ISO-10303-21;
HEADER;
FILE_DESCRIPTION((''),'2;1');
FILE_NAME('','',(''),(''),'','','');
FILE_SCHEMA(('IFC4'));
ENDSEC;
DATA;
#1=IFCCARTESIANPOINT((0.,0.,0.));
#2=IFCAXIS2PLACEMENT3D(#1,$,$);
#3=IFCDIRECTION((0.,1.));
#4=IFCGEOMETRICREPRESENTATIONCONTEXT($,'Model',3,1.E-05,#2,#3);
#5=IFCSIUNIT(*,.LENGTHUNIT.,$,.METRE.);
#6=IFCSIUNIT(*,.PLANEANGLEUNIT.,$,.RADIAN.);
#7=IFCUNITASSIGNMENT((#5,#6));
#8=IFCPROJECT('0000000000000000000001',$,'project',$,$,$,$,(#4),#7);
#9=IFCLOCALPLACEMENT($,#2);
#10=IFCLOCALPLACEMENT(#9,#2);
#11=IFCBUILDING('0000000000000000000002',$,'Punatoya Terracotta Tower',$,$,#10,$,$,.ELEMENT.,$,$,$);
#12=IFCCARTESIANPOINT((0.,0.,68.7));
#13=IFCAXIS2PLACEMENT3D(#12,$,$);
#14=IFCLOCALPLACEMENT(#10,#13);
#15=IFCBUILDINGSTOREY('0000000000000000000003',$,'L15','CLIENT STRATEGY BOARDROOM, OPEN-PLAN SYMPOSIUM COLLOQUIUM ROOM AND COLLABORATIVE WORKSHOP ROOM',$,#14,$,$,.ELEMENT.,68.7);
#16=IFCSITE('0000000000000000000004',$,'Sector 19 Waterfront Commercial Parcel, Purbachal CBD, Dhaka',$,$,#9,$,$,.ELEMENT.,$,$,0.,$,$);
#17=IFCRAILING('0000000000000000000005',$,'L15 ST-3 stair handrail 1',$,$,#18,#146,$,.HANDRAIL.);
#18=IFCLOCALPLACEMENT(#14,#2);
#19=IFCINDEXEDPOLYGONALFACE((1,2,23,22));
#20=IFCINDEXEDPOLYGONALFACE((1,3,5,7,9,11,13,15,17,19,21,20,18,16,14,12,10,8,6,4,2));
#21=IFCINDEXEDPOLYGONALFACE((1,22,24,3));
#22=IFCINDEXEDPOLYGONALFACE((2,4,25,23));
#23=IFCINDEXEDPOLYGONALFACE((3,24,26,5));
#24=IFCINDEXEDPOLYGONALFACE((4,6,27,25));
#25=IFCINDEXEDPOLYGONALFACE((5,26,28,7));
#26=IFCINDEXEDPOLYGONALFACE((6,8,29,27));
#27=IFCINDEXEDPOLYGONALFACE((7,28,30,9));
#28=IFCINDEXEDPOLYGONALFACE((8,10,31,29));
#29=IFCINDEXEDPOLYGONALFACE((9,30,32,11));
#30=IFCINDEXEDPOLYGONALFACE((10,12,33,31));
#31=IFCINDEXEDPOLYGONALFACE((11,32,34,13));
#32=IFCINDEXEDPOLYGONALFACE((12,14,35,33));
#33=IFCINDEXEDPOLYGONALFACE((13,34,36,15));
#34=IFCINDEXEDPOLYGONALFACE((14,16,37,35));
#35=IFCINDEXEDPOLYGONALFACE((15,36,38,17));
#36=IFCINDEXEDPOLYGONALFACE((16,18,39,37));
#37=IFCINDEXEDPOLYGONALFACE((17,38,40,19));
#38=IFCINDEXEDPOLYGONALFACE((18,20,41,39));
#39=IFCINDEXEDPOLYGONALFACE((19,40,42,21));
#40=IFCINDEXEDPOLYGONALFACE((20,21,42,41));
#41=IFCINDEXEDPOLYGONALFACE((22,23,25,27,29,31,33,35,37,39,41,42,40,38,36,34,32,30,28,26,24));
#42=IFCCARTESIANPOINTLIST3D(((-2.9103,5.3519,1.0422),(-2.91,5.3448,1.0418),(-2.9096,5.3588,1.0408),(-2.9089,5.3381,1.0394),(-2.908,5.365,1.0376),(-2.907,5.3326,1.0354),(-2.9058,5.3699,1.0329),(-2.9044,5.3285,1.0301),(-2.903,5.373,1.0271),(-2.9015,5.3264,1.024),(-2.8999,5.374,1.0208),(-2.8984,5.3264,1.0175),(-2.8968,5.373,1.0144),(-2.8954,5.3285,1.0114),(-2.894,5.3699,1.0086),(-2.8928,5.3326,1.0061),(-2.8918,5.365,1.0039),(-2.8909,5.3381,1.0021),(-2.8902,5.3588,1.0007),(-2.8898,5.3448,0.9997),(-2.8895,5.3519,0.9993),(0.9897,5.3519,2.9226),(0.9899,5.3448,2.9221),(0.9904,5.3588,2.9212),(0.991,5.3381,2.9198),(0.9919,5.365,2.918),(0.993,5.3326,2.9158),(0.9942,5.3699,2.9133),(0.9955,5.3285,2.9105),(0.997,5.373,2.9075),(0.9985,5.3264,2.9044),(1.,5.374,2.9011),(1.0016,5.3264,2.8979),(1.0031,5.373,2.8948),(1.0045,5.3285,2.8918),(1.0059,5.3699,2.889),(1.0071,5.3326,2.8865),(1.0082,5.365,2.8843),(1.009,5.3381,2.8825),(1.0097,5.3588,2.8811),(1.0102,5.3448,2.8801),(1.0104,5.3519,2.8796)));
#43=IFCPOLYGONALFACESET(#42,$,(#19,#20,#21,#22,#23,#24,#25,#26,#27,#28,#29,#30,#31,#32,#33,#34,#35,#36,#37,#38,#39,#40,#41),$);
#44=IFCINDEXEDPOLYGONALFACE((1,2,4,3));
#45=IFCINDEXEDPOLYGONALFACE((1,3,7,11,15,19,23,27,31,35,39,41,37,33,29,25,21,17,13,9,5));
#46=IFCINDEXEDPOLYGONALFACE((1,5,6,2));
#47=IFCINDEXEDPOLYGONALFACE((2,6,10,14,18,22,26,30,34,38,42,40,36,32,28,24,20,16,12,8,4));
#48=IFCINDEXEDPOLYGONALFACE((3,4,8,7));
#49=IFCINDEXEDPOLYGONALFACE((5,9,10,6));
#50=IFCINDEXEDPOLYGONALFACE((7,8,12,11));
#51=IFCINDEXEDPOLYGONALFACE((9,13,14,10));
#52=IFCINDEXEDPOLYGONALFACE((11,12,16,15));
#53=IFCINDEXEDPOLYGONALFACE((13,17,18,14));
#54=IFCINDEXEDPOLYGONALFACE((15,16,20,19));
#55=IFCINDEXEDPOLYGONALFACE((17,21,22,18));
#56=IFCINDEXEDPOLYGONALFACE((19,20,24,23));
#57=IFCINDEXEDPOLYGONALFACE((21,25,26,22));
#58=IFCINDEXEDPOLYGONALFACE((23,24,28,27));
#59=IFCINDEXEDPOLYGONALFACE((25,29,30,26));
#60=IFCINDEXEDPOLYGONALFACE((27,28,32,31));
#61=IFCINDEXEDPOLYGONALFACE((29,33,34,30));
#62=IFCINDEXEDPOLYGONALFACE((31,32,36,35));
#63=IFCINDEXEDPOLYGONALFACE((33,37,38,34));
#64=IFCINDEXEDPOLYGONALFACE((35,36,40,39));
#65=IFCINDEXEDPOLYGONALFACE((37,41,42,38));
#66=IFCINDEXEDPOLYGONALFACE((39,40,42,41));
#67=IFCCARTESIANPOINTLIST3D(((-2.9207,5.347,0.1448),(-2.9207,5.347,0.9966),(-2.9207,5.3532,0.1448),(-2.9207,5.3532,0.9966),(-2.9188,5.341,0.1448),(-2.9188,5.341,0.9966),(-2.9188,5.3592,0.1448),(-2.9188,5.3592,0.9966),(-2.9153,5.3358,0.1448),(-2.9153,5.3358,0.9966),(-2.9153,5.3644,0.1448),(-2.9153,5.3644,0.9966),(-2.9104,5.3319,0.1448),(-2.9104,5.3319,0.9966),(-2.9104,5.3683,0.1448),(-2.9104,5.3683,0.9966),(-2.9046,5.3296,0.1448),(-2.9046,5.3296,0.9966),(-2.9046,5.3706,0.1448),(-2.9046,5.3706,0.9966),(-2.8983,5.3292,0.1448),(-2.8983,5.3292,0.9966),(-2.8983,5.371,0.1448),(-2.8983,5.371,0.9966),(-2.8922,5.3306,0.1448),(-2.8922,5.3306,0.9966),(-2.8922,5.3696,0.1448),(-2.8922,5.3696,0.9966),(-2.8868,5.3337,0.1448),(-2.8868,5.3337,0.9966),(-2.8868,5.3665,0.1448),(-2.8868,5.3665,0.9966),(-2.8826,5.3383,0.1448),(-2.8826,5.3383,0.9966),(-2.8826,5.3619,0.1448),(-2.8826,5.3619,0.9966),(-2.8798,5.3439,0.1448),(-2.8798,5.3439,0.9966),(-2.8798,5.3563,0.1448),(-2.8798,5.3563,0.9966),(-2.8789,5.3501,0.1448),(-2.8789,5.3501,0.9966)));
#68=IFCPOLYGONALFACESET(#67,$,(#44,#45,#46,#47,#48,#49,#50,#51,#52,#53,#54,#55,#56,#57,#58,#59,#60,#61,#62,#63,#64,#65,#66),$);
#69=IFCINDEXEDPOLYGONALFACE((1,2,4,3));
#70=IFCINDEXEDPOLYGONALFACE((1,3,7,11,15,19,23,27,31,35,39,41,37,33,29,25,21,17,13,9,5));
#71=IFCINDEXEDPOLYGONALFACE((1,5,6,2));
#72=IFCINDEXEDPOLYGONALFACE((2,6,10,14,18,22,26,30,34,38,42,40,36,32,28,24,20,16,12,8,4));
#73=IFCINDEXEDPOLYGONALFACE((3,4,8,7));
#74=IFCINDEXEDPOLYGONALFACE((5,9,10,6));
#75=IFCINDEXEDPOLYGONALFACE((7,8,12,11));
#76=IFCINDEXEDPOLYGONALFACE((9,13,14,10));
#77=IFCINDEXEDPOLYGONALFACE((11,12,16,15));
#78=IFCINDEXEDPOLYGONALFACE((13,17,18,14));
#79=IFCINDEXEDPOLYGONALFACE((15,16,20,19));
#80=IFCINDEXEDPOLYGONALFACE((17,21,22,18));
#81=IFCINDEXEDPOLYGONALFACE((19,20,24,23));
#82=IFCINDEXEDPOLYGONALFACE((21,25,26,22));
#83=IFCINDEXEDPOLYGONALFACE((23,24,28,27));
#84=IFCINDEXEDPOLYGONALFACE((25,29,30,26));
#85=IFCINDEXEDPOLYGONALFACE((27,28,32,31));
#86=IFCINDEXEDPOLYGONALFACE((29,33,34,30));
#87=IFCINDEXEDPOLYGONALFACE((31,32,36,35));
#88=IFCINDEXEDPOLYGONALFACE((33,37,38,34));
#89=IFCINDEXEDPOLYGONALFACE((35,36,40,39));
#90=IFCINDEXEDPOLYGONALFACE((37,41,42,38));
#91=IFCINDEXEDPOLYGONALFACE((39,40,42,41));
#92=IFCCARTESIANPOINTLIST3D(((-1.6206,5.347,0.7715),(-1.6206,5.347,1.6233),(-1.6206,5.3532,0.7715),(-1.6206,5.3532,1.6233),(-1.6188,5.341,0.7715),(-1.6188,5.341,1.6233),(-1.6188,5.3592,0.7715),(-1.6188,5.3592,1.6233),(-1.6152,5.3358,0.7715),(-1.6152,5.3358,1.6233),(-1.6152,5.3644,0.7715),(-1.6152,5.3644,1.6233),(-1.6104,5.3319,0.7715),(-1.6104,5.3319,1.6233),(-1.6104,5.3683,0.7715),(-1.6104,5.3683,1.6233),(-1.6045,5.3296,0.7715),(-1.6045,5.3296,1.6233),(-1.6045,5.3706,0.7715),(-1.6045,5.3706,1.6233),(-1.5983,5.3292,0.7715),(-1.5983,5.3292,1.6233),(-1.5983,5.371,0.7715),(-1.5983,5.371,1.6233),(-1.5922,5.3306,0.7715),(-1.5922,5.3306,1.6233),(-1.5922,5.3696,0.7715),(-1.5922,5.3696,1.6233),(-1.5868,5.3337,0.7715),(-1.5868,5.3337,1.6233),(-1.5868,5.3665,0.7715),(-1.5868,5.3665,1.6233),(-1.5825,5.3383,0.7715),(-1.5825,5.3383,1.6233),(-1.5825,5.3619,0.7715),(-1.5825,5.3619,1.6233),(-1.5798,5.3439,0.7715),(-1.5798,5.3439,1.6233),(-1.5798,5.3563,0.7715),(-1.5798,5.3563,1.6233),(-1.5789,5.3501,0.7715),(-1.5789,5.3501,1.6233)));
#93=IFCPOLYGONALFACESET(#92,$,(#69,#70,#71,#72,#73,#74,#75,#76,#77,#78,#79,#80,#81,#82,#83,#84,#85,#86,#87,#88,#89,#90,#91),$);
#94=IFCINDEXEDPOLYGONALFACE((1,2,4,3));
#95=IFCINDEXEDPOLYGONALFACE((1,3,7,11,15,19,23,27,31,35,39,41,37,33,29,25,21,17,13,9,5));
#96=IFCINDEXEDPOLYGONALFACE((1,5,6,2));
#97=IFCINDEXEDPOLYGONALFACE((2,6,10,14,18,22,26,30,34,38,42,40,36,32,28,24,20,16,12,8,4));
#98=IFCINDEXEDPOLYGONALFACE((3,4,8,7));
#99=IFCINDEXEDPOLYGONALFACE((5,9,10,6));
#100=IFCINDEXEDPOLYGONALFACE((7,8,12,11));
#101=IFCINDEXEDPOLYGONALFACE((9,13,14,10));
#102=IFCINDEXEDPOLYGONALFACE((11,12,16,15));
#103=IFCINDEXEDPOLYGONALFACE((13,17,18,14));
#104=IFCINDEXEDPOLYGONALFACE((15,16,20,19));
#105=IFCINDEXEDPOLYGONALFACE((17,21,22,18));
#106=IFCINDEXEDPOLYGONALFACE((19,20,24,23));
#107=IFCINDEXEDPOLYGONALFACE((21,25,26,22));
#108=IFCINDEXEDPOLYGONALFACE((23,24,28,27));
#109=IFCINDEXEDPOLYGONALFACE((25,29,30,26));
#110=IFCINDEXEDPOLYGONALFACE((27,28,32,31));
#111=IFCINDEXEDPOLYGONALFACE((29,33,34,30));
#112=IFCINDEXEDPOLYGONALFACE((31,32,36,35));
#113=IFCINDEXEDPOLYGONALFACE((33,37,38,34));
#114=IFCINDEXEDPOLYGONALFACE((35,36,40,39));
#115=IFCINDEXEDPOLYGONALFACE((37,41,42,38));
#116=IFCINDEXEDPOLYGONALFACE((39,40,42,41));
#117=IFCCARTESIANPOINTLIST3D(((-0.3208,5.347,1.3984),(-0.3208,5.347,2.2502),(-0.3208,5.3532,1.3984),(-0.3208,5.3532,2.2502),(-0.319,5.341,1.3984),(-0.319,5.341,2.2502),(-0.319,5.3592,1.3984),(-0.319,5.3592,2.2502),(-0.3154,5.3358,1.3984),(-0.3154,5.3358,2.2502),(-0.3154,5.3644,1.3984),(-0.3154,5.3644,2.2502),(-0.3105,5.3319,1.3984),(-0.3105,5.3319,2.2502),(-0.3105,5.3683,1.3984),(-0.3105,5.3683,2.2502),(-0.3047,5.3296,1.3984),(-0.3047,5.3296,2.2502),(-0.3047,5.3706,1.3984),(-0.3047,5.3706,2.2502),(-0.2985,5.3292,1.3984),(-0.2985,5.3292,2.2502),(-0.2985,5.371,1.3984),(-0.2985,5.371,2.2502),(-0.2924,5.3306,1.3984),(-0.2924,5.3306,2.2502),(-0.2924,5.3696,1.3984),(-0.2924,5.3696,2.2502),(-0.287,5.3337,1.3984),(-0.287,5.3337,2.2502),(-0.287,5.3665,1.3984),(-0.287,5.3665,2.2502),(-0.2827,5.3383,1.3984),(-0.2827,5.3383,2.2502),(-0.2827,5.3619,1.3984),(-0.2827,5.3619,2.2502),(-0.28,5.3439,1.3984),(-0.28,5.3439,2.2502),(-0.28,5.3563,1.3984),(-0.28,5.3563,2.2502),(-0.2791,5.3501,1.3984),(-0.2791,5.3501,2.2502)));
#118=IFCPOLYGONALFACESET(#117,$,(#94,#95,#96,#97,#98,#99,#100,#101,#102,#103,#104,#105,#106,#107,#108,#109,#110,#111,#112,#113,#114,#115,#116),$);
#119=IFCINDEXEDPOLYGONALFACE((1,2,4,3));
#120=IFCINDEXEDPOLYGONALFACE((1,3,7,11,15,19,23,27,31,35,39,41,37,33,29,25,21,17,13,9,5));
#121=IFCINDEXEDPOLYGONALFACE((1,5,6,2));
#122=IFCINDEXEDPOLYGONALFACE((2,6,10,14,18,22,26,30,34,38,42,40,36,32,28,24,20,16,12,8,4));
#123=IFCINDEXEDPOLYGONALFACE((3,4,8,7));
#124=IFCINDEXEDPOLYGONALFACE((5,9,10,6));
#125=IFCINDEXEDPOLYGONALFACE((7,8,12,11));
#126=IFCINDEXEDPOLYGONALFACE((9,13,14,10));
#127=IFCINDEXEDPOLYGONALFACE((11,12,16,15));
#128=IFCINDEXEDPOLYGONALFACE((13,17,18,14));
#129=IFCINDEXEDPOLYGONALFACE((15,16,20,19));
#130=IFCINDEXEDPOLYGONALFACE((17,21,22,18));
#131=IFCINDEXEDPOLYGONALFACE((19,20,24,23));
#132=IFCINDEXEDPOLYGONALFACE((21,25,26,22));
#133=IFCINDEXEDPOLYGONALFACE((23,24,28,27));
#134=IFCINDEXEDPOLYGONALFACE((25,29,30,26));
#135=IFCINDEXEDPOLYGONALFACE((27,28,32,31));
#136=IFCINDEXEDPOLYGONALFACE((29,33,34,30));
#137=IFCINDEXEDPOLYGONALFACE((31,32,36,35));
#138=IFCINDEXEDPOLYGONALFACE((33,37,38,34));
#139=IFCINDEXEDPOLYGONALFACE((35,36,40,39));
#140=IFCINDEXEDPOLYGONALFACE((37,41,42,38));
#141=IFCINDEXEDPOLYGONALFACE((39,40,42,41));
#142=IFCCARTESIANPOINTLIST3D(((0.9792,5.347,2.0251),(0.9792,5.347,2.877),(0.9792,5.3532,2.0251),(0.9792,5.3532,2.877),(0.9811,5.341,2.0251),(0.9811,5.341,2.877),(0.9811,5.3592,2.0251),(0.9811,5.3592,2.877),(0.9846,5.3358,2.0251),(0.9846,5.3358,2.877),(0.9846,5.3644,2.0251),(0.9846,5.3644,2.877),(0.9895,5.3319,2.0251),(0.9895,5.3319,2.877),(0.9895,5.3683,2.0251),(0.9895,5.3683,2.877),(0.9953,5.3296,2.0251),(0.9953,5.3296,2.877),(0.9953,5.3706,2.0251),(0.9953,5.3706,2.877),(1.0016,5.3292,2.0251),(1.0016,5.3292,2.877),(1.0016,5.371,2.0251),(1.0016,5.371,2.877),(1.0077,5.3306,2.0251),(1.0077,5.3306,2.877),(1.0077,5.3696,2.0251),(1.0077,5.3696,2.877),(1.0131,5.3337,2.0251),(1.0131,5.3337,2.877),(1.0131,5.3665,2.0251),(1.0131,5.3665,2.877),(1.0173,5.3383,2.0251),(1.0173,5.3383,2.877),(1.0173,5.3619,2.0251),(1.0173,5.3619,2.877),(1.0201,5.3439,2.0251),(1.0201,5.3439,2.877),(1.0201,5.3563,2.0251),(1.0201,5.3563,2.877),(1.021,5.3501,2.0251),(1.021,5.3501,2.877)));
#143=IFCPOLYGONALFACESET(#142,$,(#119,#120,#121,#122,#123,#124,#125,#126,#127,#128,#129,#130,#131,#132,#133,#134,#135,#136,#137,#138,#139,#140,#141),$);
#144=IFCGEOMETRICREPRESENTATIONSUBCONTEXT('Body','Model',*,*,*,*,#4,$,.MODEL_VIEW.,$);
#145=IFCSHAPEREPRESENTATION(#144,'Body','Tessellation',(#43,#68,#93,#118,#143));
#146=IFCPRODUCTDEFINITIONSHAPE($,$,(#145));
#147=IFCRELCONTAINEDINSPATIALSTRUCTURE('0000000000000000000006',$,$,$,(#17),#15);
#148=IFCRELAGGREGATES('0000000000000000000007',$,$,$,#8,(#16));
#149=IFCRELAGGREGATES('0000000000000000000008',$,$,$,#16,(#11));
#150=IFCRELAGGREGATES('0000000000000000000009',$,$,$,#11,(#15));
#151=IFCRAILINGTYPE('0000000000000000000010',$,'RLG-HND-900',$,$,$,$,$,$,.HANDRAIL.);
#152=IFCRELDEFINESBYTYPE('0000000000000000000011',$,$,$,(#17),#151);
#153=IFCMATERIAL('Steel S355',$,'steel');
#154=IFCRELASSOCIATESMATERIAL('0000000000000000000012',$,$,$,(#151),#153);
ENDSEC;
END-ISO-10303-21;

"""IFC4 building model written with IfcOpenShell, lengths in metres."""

from ifc_helpers import new_model, si_unit, direction, frame, origin, origin_2d, place, context, subcontext, project, spatial, circle, extrude, material, type_object, element, save


model = new_model("IFC4")

# Units and contexts
model_context = context("Model", 3, precision=1e-05, world=origin(), true_north=direction((0.0, 1.0)))
body_context = subcontext(model_context, "Body", "Model", "MODEL_VIEW")
ifc_project = project(units=[si_unit("LENGTHUNIT", "METRE"), si_unit("PLANEANGLEUNIT", "RADIAN")], contexts=[model_context])

# Site, building, storey
site_placement = place(None, origin())
site = spatial("IfcSite", under=ifc_project, at=site_placement, Name="Sector 19 Waterfront Commercial Parcel, Purbachal CBD, Dhaka", CompositionType="ELEMENT", RefElevation=0.0)
building_placement = place(site_placement, origin())
building = spatial("IfcBuilding", under=site, at=building_placement, Name="Punatoya Terracotta Tower", CompositionType="ELEMENT")
storey_placement = place(building_placement, frame((0.0, 0.0, 68.7)))
storey = spatial("IfcBuildingStorey", under=building, at=storey_placement, Name="L15", Description="CLIENT STRATEGY BOARDROOM, OPEN-PLAN SYMPOSIUM COLLOQUIUM ROOM AND COLLABORATIVE WORKSHOP ROOM", CompositionType="ELEMENT", Elevation=68.7)

# Shared definitions
ifc_material_1 = material(Name="Steel S355", Category="steel")

# Railing
railing_type_1 = type_object("IfcRailingType", Name="RLG-HND-900", PredefinedType="HANDRAIL", material=ifc_material_1)
railing_1_placement = place(storey_placement, frame((-2.8999, 5.3501, 0.1448)))
element("IfcRailing", 1, at=railing_1_placement, inside=storey, type_object=railing_type_1, Name="L15 ST-3 stair handrail 1", PredefinedType="HANDRAIL", context=body_context, shape_type="SweptSolid", body=[
    extrude(circle(Radius=0.0239, at=origin_2d()), frame((0.0, 0.0, 0.876), z_axis=(0.900763, 0.0, 0.434311), x_axis=(0.0, 1.0, 0.0)), (0.0, 0.0, 1.0), 4.3296),
    extrude(circle(Radius=0.021, at=origin_2d()), origin(), (0.0, 0.0, 1.0), 0.8518),
    extrude(circle(Radius=0.021, at=origin_2d()), frame((1.3, 0.0, 0.6267)), (0.0, 0.0, 1.0), 0.8518),
    extrude(circle(Radius=0.021, at=origin_2d()), frame((2.5999, 0.0, 1.2537)), (0.0, 0.0, 1.0), 0.8518),
    extrude(circle(Radius=0.021, at=origin_2d()), frame((3.8999, 0.0, 1.8804)), (0.0, 0.0, 1.0), 0.8518),
])

save(model, "model.ifc")
